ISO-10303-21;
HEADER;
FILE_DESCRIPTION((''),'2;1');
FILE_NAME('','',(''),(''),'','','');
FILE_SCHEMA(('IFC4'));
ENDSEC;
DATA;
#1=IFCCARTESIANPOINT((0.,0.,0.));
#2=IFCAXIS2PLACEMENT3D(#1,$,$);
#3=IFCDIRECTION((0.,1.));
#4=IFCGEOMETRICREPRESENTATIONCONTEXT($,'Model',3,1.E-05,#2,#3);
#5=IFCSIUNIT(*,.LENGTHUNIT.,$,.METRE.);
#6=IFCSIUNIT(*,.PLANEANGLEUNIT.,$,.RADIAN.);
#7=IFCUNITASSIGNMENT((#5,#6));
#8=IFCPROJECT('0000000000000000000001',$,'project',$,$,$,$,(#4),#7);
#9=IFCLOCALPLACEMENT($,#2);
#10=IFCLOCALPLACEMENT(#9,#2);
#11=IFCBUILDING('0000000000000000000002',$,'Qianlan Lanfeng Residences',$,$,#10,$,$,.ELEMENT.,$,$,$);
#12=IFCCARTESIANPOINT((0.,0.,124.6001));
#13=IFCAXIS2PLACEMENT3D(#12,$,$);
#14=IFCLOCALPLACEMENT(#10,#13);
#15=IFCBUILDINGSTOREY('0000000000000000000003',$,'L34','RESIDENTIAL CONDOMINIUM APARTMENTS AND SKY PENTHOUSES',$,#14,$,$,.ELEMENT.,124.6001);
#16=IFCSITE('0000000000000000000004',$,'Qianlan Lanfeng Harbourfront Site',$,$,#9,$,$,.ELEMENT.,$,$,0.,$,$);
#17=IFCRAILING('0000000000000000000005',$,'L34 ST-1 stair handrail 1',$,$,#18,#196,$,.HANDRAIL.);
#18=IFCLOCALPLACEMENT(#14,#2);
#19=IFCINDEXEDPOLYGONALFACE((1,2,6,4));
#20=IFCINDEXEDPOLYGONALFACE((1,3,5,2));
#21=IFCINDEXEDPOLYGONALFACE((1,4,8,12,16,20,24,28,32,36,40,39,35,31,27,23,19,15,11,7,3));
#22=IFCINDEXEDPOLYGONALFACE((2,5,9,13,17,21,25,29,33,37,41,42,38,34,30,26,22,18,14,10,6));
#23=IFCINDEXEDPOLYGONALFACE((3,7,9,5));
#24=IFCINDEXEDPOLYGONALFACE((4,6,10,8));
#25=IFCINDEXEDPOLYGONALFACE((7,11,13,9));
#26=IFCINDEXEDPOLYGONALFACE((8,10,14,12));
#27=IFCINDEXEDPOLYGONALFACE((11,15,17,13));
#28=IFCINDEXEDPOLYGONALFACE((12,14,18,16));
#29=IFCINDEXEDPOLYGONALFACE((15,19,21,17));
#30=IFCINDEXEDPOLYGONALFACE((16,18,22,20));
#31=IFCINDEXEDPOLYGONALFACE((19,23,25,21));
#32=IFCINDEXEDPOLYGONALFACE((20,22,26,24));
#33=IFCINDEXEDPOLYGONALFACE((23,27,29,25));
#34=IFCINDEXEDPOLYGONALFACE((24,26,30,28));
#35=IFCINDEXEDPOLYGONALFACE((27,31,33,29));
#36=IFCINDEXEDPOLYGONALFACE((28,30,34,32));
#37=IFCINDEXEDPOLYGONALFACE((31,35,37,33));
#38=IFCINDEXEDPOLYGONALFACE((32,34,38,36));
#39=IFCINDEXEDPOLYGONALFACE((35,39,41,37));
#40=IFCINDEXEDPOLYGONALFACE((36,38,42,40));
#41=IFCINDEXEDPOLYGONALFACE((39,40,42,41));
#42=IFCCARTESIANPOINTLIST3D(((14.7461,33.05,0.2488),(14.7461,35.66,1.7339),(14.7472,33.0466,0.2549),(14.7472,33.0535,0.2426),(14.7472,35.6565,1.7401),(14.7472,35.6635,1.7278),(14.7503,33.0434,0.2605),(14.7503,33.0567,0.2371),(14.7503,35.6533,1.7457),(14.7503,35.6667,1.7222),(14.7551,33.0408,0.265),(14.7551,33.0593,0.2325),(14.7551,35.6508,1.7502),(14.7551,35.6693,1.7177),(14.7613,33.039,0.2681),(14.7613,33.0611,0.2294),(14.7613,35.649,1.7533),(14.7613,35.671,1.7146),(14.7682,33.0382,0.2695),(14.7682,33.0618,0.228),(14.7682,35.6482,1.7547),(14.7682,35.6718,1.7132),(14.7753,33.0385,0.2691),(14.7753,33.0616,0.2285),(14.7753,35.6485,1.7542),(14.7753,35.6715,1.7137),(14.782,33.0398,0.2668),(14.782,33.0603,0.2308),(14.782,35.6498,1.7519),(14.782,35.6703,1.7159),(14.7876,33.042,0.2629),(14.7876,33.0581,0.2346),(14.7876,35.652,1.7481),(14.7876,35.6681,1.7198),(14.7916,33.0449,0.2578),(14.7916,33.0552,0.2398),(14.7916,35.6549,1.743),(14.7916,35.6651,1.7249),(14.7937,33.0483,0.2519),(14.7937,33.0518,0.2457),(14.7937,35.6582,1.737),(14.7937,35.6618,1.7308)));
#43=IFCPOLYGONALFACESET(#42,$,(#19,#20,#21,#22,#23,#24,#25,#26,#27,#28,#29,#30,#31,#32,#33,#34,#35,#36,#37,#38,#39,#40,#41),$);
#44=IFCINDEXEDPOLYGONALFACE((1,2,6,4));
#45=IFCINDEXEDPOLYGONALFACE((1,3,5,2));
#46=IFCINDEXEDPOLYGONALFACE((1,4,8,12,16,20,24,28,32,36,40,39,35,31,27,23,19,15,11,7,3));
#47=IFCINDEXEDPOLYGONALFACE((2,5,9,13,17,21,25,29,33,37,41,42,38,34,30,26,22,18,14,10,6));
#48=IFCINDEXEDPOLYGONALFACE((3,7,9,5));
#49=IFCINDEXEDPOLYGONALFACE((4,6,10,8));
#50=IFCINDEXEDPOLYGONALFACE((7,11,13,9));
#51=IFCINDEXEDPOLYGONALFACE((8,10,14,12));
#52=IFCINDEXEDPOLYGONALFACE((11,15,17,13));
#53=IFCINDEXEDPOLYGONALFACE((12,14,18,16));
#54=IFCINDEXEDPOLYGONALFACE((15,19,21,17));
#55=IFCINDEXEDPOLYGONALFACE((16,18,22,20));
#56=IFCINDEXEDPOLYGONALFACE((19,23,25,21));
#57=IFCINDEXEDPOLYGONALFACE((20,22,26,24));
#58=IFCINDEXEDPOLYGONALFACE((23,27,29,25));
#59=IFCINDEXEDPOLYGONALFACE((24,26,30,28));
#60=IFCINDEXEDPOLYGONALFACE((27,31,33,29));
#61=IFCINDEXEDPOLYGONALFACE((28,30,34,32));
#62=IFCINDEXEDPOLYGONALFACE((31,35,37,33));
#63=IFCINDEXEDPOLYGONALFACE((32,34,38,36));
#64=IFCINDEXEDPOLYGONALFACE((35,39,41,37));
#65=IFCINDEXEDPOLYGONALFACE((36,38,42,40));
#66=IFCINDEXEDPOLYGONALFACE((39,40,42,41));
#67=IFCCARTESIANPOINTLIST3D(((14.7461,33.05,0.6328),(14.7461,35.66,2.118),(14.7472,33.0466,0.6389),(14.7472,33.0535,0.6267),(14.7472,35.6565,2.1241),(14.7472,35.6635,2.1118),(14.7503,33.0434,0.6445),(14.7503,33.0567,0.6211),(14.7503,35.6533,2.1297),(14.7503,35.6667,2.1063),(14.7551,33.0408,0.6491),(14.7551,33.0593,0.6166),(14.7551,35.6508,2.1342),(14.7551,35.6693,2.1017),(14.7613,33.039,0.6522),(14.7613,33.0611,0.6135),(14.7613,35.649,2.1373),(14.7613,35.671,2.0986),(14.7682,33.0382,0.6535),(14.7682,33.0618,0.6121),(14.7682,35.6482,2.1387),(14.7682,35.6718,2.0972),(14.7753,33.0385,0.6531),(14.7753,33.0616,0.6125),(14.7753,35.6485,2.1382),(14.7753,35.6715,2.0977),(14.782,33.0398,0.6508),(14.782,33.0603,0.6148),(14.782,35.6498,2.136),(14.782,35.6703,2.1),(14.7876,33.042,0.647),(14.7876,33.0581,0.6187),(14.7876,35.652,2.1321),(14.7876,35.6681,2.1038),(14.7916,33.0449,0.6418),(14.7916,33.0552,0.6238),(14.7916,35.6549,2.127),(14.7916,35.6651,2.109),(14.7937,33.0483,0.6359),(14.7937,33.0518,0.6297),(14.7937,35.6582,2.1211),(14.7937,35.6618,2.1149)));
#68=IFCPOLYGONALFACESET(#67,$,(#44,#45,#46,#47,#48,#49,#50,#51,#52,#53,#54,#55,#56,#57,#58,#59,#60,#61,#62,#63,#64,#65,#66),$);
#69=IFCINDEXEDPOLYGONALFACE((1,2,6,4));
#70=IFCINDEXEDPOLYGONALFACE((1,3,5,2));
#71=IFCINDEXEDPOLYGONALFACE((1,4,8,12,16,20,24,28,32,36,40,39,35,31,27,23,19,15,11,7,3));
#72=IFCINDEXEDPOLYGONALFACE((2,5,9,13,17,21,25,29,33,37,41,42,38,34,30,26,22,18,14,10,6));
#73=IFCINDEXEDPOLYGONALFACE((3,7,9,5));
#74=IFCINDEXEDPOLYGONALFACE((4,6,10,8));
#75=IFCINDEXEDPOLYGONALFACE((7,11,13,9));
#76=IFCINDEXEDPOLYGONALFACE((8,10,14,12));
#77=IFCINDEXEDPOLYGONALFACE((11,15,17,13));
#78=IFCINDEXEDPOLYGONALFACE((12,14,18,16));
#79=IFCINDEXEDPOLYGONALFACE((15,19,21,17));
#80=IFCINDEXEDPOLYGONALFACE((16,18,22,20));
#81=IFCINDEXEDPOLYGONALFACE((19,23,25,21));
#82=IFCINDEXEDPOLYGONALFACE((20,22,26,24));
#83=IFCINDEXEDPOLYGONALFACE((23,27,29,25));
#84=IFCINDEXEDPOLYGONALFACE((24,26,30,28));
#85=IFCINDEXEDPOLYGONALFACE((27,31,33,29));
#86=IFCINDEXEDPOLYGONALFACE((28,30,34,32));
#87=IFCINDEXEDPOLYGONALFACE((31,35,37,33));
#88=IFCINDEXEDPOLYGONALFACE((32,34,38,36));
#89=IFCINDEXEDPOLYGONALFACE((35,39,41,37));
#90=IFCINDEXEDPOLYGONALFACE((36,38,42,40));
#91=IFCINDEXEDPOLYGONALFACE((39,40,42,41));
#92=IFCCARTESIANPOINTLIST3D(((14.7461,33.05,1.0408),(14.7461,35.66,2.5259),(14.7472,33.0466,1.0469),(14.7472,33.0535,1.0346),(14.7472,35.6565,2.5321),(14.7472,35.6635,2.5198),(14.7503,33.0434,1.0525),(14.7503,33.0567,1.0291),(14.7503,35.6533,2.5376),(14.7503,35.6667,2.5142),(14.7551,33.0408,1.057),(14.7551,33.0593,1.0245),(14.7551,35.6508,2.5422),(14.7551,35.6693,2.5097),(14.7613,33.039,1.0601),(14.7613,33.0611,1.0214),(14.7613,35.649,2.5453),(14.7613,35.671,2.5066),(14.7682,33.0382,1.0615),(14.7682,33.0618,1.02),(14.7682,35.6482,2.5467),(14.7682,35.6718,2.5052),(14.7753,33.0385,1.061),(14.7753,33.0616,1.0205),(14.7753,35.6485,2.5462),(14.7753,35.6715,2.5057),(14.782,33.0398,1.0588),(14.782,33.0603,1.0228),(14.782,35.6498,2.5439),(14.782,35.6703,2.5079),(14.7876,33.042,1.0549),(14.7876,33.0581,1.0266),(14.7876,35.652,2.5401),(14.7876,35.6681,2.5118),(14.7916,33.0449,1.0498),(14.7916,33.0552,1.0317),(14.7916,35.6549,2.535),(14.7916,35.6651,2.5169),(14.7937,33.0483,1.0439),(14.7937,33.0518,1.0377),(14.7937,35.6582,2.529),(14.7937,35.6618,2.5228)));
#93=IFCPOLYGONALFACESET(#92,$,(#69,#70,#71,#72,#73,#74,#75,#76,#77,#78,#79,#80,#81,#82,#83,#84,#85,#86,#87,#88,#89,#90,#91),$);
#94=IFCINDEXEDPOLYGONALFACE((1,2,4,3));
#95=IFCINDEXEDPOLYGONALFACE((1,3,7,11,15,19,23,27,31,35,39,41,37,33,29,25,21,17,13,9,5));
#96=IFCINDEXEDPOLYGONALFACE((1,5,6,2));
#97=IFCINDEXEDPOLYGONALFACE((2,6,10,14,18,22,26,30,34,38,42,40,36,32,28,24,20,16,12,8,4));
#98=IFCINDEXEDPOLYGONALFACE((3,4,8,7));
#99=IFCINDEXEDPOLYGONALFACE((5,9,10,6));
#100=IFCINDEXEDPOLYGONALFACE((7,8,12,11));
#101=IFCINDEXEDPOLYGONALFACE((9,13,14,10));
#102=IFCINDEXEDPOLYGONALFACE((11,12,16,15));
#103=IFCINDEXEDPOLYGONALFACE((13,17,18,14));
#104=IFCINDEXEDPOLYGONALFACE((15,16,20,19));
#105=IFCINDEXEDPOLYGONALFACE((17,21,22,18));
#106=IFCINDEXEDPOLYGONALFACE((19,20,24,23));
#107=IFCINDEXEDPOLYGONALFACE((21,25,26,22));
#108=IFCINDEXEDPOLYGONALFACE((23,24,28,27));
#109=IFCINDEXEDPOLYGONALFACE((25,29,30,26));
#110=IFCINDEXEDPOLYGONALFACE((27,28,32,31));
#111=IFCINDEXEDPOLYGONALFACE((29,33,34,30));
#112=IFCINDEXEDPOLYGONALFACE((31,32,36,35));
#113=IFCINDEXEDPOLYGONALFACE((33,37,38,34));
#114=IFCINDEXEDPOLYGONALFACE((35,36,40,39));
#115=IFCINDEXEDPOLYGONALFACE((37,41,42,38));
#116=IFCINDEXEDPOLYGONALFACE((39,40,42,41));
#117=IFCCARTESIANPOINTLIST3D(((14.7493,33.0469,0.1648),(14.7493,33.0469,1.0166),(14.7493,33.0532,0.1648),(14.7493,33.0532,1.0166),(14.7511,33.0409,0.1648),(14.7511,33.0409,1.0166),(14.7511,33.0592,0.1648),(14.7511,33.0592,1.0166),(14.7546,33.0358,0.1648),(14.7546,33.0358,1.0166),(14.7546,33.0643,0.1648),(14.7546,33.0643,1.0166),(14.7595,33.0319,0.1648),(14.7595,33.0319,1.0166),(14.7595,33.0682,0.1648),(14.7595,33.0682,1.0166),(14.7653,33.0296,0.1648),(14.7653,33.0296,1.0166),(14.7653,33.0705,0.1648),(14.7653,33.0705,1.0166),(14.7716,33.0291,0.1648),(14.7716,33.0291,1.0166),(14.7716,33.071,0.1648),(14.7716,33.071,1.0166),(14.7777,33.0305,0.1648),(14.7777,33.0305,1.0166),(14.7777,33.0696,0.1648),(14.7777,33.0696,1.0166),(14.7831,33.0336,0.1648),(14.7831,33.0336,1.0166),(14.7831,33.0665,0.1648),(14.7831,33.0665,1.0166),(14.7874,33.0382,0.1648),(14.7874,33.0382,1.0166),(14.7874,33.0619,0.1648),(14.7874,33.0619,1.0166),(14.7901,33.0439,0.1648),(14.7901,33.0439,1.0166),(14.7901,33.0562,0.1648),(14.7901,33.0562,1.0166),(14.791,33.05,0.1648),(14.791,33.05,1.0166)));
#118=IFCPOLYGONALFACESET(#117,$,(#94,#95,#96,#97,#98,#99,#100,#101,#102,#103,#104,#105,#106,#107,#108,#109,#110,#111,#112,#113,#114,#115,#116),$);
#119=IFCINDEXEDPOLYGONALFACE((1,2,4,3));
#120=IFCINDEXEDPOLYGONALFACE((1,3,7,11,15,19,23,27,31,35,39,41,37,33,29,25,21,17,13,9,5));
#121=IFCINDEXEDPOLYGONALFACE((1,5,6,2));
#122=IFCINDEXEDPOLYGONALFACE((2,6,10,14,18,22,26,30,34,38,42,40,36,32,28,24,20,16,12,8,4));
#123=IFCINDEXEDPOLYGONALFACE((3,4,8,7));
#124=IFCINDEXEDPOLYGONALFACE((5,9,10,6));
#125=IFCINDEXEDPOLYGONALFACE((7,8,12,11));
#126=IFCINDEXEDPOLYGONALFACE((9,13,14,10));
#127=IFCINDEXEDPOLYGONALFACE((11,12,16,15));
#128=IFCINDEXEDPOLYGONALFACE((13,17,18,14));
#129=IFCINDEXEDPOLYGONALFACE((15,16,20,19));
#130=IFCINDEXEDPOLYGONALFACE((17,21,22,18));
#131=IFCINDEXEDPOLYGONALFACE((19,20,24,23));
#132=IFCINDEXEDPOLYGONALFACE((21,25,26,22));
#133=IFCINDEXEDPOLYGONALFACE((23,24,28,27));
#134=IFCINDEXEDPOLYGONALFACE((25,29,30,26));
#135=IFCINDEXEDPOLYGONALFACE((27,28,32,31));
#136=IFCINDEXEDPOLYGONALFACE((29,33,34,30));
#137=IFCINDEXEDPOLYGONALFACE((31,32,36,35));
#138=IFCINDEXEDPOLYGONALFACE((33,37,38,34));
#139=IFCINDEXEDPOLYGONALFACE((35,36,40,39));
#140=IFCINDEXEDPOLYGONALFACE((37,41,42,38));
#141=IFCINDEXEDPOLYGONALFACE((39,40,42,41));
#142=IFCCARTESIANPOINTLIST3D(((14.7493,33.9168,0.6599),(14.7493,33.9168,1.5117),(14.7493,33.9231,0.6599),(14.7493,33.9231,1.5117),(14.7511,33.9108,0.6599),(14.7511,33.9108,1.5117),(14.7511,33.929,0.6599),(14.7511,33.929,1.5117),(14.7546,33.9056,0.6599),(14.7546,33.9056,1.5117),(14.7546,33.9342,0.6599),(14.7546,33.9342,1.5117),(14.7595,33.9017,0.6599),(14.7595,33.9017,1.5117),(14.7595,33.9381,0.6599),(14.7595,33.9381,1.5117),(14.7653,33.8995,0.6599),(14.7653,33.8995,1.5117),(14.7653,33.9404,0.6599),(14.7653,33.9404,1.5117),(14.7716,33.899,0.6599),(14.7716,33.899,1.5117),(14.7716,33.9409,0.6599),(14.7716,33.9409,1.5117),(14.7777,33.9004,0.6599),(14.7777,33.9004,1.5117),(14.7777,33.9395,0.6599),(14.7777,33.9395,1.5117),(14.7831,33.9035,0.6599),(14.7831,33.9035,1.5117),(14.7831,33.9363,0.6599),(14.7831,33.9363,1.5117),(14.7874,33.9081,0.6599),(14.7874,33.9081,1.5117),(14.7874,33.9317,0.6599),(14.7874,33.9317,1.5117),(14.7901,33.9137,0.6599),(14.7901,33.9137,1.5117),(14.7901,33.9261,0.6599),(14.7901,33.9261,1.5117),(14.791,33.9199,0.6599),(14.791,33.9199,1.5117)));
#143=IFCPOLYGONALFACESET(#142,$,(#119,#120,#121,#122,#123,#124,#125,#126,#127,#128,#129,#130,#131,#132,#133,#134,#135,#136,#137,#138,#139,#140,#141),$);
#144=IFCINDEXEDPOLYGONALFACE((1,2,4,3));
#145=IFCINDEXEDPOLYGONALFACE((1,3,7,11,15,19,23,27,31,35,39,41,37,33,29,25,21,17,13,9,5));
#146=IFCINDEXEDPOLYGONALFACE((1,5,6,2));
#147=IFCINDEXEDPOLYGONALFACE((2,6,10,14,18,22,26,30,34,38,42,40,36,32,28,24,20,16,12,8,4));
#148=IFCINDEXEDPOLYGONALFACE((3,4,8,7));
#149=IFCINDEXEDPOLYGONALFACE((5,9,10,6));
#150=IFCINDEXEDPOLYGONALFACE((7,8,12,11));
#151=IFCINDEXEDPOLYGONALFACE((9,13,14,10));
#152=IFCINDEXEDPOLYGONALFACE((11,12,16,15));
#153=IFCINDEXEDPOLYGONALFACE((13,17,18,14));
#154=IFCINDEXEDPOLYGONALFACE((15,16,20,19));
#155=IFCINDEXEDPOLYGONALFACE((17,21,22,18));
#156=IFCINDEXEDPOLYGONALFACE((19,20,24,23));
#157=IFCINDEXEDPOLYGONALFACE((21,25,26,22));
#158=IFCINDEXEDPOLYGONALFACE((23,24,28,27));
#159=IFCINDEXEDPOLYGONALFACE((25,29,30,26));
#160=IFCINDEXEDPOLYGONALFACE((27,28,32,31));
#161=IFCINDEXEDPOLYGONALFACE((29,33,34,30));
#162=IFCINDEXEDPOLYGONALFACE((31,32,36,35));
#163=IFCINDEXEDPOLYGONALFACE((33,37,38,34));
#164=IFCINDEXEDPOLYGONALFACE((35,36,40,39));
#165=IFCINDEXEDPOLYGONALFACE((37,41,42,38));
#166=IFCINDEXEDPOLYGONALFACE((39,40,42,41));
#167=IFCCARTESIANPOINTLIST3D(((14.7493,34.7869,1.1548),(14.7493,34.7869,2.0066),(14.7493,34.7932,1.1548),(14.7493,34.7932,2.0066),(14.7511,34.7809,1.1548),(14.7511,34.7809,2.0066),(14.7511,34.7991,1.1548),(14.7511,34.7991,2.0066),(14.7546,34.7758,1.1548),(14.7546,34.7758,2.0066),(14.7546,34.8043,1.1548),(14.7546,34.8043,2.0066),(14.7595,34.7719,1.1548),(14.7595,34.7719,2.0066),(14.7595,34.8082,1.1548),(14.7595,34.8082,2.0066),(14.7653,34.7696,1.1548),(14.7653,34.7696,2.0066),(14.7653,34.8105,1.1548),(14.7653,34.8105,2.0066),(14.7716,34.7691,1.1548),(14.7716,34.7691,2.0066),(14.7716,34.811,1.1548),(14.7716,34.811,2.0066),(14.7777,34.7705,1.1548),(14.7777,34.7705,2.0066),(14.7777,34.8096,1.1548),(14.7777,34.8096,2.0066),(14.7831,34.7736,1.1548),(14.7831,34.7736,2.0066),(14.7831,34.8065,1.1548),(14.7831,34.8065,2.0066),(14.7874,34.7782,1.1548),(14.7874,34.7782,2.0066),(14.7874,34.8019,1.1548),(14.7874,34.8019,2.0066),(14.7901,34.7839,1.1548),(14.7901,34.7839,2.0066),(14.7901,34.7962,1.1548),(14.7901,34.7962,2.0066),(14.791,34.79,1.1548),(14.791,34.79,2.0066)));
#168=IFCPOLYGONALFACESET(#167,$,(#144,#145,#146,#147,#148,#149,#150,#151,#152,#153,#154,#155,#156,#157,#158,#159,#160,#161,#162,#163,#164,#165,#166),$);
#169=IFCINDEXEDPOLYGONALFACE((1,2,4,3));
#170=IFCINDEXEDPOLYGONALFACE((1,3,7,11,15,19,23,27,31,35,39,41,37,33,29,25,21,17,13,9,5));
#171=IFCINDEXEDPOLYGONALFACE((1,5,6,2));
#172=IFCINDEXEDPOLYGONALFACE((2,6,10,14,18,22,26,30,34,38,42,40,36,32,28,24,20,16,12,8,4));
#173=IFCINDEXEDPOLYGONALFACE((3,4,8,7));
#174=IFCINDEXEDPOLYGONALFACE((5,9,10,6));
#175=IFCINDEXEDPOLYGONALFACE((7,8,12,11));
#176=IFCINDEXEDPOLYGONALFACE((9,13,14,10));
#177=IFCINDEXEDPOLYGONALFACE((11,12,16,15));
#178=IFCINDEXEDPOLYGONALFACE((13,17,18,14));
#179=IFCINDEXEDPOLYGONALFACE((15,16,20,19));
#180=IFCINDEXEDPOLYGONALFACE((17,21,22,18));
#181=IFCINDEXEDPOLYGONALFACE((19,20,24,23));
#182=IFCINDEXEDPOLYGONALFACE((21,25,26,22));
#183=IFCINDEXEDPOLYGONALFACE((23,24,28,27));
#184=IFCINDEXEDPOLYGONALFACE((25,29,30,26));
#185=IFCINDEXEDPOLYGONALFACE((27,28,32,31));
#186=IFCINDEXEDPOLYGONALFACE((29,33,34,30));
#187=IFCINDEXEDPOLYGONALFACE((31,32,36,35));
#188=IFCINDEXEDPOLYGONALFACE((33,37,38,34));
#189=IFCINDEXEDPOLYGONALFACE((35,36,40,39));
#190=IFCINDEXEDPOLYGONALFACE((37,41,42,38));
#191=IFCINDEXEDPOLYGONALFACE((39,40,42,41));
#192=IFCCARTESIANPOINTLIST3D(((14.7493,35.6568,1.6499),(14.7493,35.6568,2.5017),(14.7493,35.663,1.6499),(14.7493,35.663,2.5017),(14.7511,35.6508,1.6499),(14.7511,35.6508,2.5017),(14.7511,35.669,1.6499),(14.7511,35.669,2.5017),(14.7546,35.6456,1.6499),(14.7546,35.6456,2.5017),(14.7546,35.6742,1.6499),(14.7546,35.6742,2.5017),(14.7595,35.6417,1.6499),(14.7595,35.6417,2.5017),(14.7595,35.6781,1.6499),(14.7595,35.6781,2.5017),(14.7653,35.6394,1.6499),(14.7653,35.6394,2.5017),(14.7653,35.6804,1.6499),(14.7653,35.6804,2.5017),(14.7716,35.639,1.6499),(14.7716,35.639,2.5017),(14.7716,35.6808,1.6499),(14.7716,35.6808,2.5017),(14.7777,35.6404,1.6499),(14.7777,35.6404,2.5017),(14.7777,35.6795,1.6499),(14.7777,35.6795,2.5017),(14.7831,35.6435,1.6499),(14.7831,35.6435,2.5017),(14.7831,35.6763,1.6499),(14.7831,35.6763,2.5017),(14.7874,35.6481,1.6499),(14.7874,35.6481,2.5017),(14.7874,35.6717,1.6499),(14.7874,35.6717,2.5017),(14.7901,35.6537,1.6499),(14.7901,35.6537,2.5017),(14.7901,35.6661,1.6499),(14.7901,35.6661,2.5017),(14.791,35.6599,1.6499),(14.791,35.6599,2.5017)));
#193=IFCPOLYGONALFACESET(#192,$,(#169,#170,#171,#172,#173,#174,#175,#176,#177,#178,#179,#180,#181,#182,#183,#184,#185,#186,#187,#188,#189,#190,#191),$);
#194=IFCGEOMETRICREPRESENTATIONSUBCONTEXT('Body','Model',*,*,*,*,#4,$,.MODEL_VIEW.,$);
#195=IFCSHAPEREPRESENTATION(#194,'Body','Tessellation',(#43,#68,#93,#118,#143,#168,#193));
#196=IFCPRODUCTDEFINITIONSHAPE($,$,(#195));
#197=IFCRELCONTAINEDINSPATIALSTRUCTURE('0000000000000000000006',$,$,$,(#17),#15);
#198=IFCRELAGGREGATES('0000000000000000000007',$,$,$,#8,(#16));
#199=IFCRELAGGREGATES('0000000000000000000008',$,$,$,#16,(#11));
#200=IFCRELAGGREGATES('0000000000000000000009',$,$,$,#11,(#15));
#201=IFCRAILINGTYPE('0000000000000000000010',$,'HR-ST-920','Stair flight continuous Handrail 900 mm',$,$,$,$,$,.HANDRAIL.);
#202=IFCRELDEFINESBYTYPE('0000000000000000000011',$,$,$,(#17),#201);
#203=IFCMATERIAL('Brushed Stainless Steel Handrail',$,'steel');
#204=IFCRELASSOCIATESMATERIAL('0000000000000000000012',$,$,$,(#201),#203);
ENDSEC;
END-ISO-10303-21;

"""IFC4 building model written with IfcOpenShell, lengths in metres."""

from ifc_helpers import new_model, si_unit, direction, frame, origin, origin_2d, place, context, subcontext, project, spatial, circle, extrude, material, type_object, element, save


model = new_model("IFC4")

# Units and contexts
model_context = context("Model", 3, precision=1e-05, world=origin(), true_north=direction((0.0, 1.0)))
body_context = subcontext(model_context, "Body", "Model", "MODEL_VIEW")
ifc_project = project(units=[si_unit("LENGTHUNIT", "METRE"), si_unit("PLANEANGLEUNIT", "RADIAN")], contexts=[model_context])

# Site, building, storey
site_placement = place(None, origin())
site = spatial("IfcSite", under=ifc_project, at=site_placement, Name="Qianlan Lanfeng Harbourfront Site", CompositionType="ELEMENT", RefElevation=0.0)
building_placement = place(site_placement, origin())
building = spatial("IfcBuilding", under=site, at=building_placement, Name="Qianlan Lanfeng Residences", CompositionType="ELEMENT")
storey_placement = place(building_placement, frame((0.0, 0.0, 124.6001)))
storey = spatial("IfcBuildingStorey", under=building, at=storey_placement, Name="L34", Description="RESIDENTIAL CONDOMINIUM APARTMENTS AND SKY PENTHOUSES", CompositionType="ELEMENT", Elevation=124.6001)

# Railing
ifc_material_1 = material(Name="Brushed Stainless Steel Handrail", Category="steel")
railing_type_1 = type_object("IfcRailingType", Name="HR-ST-920", Description="Stair flight continuous Handrail 900 mm", PredefinedType="HANDRAIL", material=ifc_material_1)
railing_1_placement = place(storey_placement, frame((14.77, 33.05, 0.1648)))
element("IfcRailing", 1, at=railing_1_placement, inside=storey, type_object=railing_type_1, Name="L34 ST-1 stair handrail 1", PredefinedType="HANDRAIL", context=body_context, shape_type="SweptSolid", body=[
    extrude(circle(Radius=0.0239, at=origin_2d()), frame((0.0, 0.0, 0.084), z_axis=(0.0, 0.869137, 0.494571), x_axis=(-1.0, 0.0, 0.0)), (0.0, 0.0, 1.0), 3.0029),
    extrude(circle(Radius=0.0239, at=origin_2d()), frame((0.0, 0.0, 0.468), z_axis=(0.0, 0.869137, 0.494571), x_axis=(-1.0, 0.0, 0.0)), (0.0, 0.0, 1.0), 3.0029),
    extrude(circle(Radius=0.0239, at=origin_2d()), frame((0.0, 0.0, 0.876), z_axis=(0.0, 0.869137, 0.494571), x_axis=(-1.0, 0.0, 0.0)), (0.0, 0.0, 1.0), 3.0029),
    extrude(circle(Radius=0.021, at=origin_2d()), origin(), (0.0, 0.0, 1.0), 0.8518),
    extrude(circle(Radius=0.021, at=origin_2d()), frame((0.0, 0.8699, 0.4951)), (0.0, 0.0, 1.0), 0.8518),
    extrude(circle(Radius=0.021, at=origin_2d()), frame((0.0, 1.74, 0.99)), (0.0, 0.0, 1.0), 0.8518),
    extrude(circle(Radius=0.021, at=origin_2d()), frame((0.0, 2.6099, 1.4851)), (0.0, 0.0, 1.0), 0.8518),
])

save(model, "model.ifc")
